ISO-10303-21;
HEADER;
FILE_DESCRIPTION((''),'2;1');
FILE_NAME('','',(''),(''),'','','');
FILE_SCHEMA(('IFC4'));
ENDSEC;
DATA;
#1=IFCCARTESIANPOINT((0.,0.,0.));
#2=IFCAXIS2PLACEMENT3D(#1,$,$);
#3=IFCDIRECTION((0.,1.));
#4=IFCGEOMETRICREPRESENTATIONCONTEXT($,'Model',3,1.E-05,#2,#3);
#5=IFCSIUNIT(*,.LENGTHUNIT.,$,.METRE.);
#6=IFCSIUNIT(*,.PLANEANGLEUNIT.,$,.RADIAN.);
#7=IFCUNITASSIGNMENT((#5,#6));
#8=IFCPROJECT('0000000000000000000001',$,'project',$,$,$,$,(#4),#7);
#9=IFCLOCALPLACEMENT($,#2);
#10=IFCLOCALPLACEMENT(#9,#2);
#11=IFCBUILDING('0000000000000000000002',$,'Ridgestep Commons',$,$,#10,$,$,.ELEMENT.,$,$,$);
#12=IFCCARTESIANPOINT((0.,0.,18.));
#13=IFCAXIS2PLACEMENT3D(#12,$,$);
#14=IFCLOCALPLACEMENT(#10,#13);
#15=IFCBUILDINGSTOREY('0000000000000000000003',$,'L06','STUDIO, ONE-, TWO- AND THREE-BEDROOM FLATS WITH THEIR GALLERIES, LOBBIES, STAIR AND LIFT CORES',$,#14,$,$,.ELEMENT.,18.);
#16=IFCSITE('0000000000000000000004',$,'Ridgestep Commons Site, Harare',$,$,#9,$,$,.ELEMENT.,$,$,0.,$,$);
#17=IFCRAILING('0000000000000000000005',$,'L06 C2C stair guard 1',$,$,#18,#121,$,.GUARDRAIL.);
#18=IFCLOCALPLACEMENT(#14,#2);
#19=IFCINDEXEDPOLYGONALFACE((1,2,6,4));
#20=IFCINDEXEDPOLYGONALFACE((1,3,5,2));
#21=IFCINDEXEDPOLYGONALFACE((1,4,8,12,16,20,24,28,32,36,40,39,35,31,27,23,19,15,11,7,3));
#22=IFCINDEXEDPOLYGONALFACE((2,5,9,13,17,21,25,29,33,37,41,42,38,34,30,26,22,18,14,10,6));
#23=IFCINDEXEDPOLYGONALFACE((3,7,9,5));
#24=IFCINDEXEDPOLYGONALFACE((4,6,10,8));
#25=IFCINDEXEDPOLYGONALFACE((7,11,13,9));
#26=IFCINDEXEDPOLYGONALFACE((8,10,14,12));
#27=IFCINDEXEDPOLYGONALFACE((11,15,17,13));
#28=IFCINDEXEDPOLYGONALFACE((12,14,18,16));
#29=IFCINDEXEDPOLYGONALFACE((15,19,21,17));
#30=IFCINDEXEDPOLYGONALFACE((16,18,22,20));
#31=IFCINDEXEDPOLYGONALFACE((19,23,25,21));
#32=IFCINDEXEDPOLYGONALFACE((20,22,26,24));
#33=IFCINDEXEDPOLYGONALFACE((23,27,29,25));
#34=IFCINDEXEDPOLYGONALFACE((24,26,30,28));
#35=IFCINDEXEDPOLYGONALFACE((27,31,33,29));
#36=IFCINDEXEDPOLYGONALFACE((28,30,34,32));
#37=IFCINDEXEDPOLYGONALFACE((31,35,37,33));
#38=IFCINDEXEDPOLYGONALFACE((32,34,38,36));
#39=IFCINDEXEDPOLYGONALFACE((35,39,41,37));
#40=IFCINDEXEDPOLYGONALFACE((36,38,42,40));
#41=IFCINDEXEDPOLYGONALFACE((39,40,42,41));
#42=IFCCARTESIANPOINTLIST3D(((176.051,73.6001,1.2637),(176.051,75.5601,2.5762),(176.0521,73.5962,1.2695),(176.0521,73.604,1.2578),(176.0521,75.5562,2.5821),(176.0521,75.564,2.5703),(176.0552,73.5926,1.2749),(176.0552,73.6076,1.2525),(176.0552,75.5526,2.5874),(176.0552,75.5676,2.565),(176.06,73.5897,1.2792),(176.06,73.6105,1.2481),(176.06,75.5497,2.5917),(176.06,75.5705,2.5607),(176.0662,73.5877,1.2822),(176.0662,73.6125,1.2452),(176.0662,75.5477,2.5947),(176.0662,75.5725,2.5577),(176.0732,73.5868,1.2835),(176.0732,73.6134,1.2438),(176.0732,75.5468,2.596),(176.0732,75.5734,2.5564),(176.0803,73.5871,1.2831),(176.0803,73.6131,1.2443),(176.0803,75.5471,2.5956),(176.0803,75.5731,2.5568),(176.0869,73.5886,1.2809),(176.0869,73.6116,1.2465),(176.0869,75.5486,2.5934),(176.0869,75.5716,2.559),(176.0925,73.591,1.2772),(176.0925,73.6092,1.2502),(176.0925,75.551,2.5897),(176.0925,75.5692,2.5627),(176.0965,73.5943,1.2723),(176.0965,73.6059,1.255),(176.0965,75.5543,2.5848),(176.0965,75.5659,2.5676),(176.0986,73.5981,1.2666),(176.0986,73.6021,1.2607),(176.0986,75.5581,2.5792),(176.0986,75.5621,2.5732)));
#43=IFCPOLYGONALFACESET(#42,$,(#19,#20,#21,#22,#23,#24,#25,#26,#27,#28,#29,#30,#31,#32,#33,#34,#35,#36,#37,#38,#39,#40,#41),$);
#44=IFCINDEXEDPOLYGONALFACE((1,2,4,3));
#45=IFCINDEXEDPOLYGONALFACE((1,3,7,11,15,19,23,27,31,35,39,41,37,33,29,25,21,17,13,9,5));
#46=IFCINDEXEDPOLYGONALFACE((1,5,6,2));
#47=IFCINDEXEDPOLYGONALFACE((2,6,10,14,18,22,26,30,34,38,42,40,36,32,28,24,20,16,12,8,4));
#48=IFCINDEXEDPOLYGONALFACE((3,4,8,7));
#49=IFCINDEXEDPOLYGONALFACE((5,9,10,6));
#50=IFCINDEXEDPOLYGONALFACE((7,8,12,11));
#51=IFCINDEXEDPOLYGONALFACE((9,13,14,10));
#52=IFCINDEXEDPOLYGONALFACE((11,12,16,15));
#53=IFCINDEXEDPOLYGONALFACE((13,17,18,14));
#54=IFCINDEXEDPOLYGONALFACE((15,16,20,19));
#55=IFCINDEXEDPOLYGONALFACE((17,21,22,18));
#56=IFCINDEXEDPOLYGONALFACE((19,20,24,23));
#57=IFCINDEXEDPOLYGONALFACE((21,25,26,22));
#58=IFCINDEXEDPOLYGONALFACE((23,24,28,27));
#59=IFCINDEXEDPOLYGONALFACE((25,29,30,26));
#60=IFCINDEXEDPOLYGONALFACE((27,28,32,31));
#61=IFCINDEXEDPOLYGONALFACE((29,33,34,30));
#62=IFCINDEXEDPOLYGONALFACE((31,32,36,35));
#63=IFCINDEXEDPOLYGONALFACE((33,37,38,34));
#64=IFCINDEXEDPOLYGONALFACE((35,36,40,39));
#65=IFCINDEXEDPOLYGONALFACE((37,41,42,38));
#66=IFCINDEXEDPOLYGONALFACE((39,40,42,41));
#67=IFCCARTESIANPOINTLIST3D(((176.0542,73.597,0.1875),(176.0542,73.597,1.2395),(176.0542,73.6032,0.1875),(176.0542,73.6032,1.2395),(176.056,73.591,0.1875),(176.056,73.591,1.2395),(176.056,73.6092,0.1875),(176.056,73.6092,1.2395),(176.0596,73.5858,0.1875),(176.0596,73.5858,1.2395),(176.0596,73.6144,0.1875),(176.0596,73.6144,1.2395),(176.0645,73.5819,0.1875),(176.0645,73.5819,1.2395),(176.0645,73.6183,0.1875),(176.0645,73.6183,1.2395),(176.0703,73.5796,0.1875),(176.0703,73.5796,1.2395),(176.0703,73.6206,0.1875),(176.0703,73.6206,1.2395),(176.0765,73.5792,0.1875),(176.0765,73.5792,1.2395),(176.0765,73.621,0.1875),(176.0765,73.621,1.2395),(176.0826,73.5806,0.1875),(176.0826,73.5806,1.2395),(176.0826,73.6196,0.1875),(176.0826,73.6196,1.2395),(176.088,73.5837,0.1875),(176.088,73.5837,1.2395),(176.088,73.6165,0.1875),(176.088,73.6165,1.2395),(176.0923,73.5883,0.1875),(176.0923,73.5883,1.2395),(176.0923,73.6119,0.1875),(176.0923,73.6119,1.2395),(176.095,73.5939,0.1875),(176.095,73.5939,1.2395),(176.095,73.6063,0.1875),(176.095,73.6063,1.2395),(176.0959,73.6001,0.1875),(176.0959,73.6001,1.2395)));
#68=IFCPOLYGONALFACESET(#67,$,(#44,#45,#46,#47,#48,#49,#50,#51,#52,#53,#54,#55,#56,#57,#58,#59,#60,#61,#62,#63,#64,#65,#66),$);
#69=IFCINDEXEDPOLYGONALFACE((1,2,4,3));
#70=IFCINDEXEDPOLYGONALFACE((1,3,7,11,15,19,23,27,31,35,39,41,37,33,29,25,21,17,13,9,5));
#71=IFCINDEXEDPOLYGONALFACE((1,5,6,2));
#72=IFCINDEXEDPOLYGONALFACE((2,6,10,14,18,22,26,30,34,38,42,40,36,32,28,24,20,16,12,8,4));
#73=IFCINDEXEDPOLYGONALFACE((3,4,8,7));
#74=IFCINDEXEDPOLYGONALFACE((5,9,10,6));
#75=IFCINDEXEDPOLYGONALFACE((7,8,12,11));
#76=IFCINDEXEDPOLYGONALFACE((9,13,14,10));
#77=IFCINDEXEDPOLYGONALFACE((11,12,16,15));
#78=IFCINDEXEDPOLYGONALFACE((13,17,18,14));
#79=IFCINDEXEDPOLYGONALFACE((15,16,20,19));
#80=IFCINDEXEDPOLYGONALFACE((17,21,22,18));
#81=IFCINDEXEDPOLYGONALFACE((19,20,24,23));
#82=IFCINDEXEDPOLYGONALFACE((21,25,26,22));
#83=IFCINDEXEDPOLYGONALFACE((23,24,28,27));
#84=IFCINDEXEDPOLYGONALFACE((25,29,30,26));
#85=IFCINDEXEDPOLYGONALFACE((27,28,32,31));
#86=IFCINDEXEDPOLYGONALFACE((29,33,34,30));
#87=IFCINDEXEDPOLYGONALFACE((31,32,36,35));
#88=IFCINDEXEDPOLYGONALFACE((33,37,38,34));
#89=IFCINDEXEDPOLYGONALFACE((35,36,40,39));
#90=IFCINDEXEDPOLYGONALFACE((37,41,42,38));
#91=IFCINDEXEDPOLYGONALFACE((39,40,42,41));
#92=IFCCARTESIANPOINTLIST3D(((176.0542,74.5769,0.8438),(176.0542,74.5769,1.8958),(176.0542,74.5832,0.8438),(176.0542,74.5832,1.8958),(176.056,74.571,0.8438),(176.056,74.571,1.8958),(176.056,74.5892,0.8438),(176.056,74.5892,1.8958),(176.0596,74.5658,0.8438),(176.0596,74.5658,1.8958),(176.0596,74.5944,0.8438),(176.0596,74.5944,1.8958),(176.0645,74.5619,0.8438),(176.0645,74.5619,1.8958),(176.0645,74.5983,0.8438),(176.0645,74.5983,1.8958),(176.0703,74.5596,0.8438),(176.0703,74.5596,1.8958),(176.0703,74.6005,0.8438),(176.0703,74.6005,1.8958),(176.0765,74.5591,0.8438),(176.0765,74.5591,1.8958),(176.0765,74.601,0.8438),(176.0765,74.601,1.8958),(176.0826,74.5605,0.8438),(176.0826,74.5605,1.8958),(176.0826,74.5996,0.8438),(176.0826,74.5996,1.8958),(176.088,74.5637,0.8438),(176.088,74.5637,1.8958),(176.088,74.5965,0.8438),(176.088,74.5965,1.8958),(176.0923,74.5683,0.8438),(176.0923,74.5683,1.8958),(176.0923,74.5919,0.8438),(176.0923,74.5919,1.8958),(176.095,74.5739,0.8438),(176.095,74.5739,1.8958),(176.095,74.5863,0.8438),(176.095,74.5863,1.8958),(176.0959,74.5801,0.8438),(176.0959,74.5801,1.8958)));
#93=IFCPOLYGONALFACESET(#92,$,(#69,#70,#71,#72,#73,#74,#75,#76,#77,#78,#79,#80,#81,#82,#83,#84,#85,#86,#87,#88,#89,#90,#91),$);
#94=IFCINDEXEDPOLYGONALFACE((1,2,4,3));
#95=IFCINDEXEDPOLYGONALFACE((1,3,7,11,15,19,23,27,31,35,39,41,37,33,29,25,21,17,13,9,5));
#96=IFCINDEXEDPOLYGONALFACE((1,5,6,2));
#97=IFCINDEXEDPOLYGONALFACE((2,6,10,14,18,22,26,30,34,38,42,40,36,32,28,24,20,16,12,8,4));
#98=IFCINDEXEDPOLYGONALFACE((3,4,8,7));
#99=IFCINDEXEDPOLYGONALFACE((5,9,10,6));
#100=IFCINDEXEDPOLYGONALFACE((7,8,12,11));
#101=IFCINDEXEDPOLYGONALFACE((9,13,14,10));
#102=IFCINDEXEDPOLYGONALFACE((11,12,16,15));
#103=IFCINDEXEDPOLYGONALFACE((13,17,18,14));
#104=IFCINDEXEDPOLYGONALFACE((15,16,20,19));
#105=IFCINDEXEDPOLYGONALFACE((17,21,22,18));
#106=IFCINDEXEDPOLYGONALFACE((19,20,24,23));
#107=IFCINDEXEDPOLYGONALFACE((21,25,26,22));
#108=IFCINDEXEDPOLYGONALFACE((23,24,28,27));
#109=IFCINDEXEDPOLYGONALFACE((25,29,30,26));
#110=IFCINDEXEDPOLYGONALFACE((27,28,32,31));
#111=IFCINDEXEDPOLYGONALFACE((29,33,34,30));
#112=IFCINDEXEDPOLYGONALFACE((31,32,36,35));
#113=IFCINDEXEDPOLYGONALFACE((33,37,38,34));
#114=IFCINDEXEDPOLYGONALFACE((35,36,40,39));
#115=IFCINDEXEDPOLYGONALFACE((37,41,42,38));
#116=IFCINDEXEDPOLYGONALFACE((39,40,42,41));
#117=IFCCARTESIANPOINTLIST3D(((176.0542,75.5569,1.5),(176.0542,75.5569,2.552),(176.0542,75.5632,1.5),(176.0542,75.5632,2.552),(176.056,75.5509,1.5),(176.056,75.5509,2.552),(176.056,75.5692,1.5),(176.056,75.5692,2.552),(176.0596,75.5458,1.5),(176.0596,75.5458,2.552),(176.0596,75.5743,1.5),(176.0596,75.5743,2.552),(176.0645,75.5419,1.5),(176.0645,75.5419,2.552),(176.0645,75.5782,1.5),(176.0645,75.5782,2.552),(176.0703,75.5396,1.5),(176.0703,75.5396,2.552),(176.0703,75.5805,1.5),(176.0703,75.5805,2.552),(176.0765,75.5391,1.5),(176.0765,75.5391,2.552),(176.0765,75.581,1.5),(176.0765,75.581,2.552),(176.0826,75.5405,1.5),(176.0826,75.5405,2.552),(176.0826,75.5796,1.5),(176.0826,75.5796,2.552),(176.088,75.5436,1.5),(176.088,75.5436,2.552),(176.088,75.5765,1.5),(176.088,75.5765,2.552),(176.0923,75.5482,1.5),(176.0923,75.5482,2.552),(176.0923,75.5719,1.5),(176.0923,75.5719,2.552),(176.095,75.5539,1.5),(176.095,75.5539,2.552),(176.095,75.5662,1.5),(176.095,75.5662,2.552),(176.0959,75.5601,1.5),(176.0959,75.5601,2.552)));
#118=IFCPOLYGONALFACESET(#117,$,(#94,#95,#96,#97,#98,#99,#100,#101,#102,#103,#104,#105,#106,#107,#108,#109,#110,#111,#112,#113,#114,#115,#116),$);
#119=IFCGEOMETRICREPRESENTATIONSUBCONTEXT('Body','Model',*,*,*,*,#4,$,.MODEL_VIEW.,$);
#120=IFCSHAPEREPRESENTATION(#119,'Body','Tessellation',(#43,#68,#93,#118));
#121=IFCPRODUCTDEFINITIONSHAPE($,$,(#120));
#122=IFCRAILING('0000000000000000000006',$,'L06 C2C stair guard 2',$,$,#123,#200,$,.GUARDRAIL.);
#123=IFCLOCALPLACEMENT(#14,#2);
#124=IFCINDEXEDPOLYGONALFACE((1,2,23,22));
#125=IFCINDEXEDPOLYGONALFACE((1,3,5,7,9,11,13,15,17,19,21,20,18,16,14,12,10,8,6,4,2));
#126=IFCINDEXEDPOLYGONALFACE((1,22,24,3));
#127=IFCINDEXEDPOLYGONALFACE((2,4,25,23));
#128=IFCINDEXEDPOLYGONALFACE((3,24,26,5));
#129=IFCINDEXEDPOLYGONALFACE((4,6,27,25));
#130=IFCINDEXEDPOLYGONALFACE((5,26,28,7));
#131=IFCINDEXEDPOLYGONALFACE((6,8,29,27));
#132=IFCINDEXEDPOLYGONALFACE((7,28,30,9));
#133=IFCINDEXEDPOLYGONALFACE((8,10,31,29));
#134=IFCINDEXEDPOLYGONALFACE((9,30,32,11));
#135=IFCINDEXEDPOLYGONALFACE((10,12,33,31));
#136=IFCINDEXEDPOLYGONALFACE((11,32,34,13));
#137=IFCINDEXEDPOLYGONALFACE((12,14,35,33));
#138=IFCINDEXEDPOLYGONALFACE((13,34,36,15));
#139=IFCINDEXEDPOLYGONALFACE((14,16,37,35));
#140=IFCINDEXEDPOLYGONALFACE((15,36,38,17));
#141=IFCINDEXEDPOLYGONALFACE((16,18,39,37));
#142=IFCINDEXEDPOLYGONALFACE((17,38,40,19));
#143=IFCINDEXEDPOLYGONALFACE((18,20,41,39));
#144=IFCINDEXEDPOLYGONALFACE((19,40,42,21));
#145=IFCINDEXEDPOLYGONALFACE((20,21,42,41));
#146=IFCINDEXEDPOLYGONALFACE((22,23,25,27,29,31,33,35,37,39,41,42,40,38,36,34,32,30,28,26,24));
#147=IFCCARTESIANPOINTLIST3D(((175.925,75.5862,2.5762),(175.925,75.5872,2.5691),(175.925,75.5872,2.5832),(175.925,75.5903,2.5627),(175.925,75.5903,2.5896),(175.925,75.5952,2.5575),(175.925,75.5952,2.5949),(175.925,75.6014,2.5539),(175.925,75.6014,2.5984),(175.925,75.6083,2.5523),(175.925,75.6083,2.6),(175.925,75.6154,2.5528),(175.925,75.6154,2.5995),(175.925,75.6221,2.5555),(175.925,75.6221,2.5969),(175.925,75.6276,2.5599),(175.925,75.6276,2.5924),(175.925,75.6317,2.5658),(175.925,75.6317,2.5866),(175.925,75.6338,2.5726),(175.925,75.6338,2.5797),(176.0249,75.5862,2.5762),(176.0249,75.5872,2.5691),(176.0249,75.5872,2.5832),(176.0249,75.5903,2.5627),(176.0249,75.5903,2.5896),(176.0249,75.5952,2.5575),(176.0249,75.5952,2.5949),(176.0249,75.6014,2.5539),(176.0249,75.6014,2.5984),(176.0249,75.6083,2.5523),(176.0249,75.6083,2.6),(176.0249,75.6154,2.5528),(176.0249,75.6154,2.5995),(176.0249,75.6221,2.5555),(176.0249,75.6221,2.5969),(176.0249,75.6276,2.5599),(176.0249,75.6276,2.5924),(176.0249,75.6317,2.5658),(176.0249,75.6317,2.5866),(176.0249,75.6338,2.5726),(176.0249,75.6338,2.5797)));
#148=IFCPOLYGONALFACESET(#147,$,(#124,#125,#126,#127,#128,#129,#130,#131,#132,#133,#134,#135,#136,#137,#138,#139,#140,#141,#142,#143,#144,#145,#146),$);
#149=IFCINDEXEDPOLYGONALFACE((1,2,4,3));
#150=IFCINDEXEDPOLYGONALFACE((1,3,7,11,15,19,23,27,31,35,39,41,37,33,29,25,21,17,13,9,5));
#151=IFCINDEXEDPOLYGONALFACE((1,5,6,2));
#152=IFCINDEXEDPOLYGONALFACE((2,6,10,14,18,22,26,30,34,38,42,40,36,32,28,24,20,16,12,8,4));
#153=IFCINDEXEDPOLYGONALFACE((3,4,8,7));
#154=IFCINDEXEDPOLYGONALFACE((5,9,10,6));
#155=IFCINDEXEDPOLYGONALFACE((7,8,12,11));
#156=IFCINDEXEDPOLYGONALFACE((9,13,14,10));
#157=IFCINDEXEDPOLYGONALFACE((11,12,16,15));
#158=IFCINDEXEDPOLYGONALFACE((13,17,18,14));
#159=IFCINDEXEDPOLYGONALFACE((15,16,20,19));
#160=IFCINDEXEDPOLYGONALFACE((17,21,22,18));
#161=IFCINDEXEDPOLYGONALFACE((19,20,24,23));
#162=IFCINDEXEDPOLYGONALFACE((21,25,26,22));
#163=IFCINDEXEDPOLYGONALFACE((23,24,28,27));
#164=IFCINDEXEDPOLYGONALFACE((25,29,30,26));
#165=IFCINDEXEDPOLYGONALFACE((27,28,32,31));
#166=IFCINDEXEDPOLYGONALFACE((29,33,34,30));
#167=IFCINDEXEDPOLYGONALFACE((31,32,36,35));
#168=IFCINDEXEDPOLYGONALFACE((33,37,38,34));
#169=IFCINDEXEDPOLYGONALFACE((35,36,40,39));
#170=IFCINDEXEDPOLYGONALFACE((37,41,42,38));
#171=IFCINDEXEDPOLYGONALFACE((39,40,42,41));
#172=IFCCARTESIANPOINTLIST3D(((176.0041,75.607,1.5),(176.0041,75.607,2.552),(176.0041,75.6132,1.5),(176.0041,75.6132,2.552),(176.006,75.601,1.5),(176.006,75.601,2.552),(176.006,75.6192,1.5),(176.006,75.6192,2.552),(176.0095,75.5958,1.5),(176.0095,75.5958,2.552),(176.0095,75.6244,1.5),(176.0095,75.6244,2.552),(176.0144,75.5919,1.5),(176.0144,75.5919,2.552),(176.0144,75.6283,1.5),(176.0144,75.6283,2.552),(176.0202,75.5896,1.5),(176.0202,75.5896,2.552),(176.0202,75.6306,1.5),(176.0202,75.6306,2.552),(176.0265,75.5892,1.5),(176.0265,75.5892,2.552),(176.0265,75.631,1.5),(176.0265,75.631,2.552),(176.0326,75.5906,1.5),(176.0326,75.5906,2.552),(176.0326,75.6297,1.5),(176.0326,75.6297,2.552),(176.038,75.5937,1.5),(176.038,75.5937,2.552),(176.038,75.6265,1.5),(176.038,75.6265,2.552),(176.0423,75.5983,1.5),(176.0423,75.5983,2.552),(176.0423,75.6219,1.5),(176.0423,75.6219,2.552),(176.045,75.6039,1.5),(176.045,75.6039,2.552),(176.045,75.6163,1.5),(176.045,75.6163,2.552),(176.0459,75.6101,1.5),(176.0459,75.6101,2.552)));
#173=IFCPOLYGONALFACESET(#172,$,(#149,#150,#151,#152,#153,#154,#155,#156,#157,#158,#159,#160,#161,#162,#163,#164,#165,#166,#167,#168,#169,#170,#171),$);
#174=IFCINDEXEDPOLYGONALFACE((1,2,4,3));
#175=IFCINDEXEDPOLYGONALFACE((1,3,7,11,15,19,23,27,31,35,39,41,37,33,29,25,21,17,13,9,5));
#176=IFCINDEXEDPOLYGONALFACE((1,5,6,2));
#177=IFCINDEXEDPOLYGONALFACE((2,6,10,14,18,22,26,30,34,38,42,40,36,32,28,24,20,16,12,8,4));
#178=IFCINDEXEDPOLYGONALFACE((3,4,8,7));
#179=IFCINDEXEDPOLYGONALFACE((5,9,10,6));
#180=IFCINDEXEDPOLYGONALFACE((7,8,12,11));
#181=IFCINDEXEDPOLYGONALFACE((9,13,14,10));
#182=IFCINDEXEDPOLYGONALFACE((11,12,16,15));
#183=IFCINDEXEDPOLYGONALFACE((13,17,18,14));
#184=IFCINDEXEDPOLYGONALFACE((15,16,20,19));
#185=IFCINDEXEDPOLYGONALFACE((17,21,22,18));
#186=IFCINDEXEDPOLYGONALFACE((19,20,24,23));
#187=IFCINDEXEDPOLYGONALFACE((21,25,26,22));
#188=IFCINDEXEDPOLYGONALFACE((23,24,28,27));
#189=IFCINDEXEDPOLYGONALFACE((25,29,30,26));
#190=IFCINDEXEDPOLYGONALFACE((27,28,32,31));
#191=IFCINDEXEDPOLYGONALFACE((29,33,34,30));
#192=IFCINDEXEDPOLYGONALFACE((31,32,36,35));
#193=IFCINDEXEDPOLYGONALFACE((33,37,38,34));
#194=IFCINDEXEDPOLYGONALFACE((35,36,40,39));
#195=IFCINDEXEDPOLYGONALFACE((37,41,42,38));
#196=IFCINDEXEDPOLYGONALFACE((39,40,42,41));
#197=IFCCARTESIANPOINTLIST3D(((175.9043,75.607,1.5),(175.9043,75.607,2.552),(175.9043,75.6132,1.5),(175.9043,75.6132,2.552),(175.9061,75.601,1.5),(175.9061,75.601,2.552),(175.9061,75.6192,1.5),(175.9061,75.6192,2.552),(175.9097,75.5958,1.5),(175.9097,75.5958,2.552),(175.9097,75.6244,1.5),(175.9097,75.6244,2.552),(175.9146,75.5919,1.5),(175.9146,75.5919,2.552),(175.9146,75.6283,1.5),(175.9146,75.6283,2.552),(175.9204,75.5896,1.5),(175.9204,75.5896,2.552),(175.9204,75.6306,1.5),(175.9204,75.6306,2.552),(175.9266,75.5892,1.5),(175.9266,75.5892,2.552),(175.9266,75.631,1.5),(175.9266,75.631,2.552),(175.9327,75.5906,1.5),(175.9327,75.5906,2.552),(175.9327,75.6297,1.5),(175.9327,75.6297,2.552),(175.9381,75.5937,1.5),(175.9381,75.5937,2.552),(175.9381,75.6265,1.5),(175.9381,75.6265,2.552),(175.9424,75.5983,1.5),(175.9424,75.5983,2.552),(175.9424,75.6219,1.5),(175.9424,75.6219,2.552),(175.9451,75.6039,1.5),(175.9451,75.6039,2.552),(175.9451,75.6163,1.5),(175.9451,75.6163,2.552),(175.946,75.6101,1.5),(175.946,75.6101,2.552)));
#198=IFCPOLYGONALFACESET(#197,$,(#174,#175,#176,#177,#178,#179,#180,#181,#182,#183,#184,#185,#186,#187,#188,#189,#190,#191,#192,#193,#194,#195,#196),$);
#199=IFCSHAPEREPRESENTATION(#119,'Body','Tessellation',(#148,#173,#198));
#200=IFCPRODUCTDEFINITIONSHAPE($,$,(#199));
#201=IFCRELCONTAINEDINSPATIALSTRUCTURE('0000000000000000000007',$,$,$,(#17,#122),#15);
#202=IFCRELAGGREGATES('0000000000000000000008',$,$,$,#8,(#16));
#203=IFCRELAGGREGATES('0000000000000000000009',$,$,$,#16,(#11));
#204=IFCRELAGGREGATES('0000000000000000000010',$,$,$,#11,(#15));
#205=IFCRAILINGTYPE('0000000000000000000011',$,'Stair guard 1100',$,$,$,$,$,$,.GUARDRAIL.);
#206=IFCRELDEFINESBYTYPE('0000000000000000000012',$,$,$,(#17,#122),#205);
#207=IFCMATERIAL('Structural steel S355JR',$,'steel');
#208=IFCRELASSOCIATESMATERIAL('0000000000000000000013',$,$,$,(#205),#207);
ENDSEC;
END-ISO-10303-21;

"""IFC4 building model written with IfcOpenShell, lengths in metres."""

from ifc_helpers import new_model, si_unit, direction, frame, origin, origin_2d, place, context, subcontext, project, spatial, circle, extrude, material, type_object, element, save


model = new_model("IFC4")

# Units and contexts
model_context = context("Model", 3, precision=1e-05, world=origin(), true_north=direction((0.0, 1.0)))
body_context = subcontext(model_context, "Body", "Model", "MODEL_VIEW")
ifc_project = project(units=[si_unit("LENGTHUNIT", "METRE"), si_unit("PLANEANGLEUNIT", "RADIAN")], contexts=[model_context])

# Site, building, storey
site_placement = place(None, origin())
site = spatial("IfcSite", under=ifc_project, at=site_placement, Name="Ridgestep Commons Site, Harare", CompositionType="ELEMENT", RefElevation=0.0)
building_placement = place(site_placement, origin())
building = spatial("IfcBuilding", under=site, at=building_placement, Name="Ridgestep Commons", CompositionType="ELEMENT")
storey_placement = place(building_placement, frame((0.0, 0.0, 18.0)))
storey = spatial("IfcBuildingStorey", under=building, at=storey_placement, Name="L06", Description="STUDIO, ONE-, TWO- AND THREE-BEDROOM FLATS WITH THEIR GALLERIES, LOBBIES, STAIR AND LIFT CORES", CompositionType="ELEMENT", Elevation=18.0)

# Railings
ifc_material_1 = material(Name="Structural steel S355JR", Category="steel")
railing_type_1 = type_object("IfcRailingType", Name="Stair guard 1100", PredefinedType="GUARDRAIL", material=ifc_material_1)
railing_1_placement = place(storey_placement, frame((176.075, 73.6001, 0.1875)))
element("IfcRailing", 1, at=railing_1_placement, inside=storey, type_object=railing_type_1, Name="L06 C2C stair guard 1", PredefinedType="GUARDRAIL", context=body_context, shape_type="SweptSolid", body=[
    extrude(circle(Radius=0.0239, at=origin_2d()), frame((0.0, 0.0, 1.0762), z_axis=(0.0, 0.830902, 0.556419), x_axis=(-1.0, 0.0, 0.0)), (0.0, 0.0, 1.0), 2.3589),
    extrude(circle(Radius=0.021, at=origin_2d()), origin(), (0.0, 0.0, 1.0), 1.052),
    extrude(circle(Radius=0.021, at=origin_2d()), frame((0.0, 0.98, 0.6562)), (0.0, 0.0, 1.0), 1.052),
    extrude(circle(Radius=0.021, at=origin_2d()), frame((0.0, 1.96, 1.3125)), (0.0, 0.0, 1.0), 1.052),
])
railing_2_placement = place(storey_placement, frame((176.0249, 75.6101, 1.5)))
element("IfcRailing", 2, at=railing_2_placement, inside=storey, type_object=railing_type_1, Name="L06 C2C stair guard 2", PredefinedType="GUARDRAIL", context=body_context, shape_type="SweptSolid", body=[
    extrude(circle(Radius=0.0239, at=origin_2d()), frame((0.0, 0.0, 1.0762), z_axis=(-1.0, 0.0, 0.0), x_axis=(0.0, -1.0, 0.0)), (0.0, 0.0, 1.0), 0.0999),
    extrude(circle(Radius=0.021, at=origin_2d()), origin(), (0.0, 0.0, 1.0), 1.052),
    extrude(circle(Radius=0.021, at=origin_2d()), frame((-0.0999, 0.0, 0.0)), (0.0, 0.0, 1.0), 1.052),
])

save(model, "model.ifc")
